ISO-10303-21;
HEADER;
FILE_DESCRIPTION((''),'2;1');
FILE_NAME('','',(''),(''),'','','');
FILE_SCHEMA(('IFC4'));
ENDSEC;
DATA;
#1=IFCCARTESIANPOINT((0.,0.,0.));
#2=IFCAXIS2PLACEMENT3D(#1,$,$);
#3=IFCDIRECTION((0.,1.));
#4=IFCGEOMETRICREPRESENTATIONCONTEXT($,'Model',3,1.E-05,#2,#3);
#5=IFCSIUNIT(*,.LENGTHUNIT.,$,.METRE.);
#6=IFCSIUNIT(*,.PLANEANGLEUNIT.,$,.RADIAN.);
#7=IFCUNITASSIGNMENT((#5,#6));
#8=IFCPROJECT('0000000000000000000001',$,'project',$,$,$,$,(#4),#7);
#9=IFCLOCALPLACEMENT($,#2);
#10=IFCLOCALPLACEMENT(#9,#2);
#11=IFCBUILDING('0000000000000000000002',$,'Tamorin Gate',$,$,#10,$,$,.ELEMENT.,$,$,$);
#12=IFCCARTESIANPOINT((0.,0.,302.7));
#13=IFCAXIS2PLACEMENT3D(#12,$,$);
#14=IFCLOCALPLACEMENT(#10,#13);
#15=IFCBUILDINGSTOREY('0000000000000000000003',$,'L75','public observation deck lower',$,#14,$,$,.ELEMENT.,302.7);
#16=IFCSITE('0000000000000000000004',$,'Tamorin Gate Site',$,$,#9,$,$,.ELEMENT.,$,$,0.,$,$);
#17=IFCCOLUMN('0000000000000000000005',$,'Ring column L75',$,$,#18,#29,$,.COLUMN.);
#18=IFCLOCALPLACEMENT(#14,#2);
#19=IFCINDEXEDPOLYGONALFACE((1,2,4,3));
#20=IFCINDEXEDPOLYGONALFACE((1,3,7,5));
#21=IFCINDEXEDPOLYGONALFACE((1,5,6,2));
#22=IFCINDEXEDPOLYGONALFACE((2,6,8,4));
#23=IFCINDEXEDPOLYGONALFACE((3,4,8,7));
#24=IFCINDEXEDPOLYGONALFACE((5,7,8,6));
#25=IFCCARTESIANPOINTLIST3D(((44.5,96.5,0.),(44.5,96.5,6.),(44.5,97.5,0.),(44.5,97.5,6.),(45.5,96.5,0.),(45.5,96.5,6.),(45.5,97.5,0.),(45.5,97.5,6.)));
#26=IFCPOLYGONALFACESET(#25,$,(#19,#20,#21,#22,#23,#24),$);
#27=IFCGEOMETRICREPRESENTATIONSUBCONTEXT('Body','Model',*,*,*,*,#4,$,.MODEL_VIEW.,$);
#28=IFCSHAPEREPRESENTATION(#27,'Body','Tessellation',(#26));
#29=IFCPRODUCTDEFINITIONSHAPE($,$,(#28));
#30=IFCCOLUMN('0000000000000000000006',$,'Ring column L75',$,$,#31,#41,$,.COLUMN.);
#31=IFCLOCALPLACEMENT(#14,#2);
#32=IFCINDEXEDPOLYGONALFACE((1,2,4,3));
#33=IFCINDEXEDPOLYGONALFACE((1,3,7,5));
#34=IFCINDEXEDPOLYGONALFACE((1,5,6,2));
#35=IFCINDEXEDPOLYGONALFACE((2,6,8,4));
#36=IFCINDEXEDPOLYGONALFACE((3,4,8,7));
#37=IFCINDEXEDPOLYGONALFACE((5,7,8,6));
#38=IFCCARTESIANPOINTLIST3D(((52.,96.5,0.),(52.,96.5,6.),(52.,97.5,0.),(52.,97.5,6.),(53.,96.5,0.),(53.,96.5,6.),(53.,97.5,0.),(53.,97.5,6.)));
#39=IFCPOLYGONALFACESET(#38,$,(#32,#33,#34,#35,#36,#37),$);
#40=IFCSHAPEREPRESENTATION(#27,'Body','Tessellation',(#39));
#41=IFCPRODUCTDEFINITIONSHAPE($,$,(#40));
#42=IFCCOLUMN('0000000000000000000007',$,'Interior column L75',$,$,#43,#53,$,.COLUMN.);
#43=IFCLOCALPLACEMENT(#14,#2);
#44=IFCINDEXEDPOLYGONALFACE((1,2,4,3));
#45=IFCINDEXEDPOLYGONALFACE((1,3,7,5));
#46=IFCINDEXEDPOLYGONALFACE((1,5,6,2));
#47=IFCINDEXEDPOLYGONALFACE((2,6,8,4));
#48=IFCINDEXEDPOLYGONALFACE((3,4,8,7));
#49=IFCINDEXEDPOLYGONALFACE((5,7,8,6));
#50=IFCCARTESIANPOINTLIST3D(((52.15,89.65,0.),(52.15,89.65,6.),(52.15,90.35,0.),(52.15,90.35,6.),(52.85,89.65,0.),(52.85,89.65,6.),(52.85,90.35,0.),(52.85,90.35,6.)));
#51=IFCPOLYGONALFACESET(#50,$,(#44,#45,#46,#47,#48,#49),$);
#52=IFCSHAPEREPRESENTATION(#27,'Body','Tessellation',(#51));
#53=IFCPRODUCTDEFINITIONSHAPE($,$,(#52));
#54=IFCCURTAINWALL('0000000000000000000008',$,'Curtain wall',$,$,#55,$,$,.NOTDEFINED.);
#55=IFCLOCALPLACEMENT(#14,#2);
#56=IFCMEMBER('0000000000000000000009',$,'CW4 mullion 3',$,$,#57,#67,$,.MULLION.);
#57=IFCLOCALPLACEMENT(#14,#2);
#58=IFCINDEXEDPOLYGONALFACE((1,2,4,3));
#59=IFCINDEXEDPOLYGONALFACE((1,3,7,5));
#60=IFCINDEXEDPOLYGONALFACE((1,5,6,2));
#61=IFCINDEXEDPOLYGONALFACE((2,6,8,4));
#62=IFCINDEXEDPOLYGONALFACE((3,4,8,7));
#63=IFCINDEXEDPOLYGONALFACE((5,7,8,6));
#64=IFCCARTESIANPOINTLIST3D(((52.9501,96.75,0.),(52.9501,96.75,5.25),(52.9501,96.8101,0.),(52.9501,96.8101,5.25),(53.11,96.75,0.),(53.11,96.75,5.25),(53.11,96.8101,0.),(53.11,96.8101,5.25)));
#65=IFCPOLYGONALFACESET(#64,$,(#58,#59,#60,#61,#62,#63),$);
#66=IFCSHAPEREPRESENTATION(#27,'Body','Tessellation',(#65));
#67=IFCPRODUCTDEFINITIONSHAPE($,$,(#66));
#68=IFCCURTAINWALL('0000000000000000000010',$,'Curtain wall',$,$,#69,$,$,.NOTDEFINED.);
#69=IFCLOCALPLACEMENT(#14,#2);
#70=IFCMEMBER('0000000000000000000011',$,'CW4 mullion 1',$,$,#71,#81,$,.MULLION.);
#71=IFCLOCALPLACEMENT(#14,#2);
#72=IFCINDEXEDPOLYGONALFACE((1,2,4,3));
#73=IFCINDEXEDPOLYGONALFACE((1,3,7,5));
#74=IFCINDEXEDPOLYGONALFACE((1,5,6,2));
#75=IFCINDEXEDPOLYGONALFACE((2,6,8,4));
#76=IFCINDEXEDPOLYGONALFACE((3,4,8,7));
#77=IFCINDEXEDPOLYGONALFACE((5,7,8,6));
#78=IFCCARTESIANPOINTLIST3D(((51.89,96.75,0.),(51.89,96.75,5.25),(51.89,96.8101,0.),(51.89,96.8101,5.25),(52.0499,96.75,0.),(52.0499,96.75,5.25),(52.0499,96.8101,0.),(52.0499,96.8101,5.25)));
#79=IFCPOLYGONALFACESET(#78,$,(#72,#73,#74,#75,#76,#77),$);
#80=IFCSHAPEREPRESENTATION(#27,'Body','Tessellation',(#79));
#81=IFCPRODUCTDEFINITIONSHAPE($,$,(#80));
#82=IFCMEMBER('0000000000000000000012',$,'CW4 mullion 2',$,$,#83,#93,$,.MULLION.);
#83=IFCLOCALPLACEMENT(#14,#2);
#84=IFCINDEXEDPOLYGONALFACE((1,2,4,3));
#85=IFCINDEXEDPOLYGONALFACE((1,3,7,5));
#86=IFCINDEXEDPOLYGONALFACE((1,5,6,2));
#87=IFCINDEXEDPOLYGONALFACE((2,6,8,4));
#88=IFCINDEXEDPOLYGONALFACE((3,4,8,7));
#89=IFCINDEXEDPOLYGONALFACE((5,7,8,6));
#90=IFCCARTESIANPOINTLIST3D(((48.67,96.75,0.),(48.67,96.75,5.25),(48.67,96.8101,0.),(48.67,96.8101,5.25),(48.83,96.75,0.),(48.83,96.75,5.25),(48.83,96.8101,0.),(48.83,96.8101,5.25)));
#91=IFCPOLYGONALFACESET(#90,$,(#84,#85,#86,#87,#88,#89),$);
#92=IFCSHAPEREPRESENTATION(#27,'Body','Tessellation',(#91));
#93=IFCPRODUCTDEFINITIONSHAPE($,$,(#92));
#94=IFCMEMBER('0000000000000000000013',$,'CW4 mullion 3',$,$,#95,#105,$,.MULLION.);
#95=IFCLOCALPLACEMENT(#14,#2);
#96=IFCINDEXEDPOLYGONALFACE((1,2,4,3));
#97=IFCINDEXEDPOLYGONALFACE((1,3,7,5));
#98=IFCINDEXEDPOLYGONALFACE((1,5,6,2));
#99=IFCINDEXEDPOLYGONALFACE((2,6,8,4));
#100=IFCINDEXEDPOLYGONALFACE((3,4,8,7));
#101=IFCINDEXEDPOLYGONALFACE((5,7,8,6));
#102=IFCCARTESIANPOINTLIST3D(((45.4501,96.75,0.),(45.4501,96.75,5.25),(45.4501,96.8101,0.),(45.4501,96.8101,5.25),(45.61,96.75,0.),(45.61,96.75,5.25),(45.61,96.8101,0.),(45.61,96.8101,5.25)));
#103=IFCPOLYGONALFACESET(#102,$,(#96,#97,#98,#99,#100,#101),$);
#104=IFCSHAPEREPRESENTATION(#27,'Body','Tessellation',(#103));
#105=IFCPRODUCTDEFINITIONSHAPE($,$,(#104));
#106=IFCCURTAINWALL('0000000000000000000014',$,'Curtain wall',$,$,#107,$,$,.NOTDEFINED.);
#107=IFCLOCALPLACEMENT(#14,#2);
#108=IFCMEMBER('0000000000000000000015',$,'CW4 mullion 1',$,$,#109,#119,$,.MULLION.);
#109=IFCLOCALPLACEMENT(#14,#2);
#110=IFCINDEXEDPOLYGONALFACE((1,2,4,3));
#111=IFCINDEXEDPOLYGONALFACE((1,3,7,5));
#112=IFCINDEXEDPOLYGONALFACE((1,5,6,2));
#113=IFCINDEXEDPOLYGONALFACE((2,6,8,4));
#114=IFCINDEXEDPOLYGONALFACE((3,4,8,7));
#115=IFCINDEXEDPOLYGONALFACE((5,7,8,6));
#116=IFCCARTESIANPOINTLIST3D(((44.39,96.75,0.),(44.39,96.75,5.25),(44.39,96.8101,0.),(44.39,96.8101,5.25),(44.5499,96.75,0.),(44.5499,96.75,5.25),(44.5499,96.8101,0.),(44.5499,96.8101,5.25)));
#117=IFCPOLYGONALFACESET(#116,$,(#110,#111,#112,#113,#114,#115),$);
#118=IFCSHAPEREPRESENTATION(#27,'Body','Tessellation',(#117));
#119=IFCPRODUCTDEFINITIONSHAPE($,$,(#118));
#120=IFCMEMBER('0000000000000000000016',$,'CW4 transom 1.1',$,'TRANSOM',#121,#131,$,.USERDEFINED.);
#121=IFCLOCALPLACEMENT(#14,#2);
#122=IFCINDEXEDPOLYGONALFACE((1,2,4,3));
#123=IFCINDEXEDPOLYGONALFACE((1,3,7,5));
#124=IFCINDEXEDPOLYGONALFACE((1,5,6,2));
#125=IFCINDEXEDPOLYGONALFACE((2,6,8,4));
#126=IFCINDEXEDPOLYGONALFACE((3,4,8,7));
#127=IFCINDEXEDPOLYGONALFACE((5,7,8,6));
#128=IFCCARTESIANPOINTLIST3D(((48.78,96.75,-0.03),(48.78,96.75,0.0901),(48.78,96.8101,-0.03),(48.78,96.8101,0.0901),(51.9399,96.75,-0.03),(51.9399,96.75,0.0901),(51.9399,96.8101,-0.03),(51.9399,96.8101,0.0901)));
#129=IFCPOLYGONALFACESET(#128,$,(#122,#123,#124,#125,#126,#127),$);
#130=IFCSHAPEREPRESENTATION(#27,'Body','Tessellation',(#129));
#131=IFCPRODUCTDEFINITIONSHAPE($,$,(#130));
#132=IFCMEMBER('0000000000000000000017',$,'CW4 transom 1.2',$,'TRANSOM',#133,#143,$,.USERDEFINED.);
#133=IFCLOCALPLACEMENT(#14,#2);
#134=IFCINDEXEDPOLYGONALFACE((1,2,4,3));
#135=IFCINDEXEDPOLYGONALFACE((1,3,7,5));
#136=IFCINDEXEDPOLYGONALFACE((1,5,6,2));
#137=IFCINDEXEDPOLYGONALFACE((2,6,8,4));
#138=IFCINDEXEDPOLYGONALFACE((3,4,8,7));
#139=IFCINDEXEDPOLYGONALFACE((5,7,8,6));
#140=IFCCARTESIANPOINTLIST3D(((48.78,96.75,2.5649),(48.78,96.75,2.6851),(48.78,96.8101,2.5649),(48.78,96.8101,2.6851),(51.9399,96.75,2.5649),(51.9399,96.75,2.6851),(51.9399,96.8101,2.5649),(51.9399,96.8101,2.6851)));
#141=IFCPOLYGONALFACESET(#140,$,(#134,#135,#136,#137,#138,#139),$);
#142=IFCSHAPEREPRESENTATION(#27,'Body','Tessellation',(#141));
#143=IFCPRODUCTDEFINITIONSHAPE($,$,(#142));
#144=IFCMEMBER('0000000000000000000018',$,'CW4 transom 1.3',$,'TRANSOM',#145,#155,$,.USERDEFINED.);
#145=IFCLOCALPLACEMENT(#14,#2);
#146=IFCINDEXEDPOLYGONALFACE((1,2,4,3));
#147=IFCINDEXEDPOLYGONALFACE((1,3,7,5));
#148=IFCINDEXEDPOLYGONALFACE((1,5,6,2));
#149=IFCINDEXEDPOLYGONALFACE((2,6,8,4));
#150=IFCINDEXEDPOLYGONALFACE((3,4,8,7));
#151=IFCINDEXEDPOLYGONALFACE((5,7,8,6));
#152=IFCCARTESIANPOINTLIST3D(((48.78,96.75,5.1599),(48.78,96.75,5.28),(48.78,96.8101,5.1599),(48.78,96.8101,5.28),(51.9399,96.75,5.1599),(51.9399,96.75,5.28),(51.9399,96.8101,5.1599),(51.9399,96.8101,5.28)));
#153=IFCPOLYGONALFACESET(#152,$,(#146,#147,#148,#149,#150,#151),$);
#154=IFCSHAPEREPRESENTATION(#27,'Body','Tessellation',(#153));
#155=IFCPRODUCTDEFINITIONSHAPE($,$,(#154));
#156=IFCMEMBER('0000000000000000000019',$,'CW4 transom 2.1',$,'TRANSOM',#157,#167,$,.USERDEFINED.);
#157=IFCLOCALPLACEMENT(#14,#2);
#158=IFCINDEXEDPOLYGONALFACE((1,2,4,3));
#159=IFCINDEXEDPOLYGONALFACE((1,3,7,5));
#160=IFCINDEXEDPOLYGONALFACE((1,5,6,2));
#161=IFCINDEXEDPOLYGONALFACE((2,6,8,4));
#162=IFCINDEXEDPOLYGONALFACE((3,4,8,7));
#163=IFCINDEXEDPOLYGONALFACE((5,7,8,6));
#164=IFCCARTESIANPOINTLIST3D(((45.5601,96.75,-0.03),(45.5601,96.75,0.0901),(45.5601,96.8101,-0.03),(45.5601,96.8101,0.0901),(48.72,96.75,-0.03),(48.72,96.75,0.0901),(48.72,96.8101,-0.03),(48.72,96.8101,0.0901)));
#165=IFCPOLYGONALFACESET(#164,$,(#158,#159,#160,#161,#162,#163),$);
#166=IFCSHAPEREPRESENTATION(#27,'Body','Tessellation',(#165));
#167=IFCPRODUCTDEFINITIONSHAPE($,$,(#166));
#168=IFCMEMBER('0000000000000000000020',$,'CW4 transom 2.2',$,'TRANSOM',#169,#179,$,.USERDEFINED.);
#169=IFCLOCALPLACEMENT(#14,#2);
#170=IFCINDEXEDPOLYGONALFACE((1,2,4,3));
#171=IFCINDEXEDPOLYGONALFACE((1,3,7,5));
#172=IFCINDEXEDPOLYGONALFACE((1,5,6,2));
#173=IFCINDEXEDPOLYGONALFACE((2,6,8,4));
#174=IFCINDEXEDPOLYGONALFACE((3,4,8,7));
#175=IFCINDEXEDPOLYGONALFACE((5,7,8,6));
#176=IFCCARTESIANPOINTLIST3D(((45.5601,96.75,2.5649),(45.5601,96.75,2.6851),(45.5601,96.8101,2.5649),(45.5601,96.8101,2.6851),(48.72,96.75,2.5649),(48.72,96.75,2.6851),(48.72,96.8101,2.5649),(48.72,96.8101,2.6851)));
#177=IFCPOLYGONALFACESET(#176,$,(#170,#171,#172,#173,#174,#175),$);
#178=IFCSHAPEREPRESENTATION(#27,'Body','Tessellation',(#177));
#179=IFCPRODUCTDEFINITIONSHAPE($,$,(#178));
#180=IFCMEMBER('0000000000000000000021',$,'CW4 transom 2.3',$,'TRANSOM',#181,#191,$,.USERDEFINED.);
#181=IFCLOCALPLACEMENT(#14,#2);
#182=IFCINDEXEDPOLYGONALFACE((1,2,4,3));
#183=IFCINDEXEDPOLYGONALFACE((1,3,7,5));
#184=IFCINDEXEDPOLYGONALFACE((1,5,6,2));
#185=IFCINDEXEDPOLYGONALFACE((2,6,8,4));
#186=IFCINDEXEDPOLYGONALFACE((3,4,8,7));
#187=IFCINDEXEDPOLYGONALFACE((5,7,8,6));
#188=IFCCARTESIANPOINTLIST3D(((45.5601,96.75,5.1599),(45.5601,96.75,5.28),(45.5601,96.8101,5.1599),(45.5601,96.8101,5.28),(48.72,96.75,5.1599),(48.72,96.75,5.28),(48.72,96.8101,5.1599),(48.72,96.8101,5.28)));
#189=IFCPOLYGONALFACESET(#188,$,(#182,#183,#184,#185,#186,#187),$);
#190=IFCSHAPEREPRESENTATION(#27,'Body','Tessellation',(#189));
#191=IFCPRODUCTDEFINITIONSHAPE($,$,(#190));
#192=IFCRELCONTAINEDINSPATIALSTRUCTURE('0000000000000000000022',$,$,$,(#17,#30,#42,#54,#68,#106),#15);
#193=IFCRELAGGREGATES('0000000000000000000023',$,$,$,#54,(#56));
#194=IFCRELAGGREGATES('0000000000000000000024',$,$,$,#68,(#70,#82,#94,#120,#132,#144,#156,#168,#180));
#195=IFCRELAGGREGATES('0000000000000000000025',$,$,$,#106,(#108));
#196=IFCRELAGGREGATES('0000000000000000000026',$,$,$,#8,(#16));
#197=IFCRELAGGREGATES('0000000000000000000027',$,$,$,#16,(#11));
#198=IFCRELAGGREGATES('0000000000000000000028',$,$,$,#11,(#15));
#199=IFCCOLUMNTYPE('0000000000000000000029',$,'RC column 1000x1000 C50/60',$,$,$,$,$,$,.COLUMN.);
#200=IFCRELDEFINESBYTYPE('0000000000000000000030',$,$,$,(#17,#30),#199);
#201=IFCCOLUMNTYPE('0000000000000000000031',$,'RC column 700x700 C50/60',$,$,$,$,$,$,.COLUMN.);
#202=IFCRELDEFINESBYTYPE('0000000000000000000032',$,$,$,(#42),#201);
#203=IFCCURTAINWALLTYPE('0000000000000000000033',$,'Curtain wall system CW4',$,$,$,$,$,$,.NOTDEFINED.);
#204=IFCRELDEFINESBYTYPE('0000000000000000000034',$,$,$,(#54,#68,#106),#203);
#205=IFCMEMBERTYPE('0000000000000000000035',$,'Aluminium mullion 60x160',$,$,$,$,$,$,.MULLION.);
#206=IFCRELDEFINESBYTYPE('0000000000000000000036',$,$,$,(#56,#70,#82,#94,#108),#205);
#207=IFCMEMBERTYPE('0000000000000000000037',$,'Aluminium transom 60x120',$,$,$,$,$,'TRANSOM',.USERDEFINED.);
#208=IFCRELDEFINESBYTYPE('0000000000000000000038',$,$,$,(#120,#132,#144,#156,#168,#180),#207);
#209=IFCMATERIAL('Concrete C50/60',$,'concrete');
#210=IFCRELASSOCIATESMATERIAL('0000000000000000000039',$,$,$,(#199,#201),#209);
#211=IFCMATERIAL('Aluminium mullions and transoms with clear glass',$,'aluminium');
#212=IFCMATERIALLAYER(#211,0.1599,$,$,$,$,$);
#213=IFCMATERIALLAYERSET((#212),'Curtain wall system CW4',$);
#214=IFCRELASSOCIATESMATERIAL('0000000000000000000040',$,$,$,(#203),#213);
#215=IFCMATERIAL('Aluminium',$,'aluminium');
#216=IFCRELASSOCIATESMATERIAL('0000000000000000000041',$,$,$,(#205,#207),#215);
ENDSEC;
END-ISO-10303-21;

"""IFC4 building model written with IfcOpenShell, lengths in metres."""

from ifc_helpers import new_model, si_unit, direction, frame, origin, origin_2d, place, context, subcontext, project, spatial, rectangle, extrude, material, layer, layer_set, material_profile, profile_set, type_object, element, aggregate, save


model = new_model("IFC4")

# Units and contexts
model_context = context("Model", 3, precision=1e-05, world=origin(), true_north=direction((0.0, 1.0)))
body_context = subcontext(model_context, "Body", "Model", "MODEL_VIEW")
ifc_project = project(units=[si_unit("LENGTHUNIT", "METRE"), si_unit("PLANEANGLEUNIT", "RADIAN")], contexts=[model_context])

# Site, building, storey
site_placement = place(None, origin())
site = spatial("IfcSite", under=ifc_project, at=site_placement, Name="Tamorin Gate Site", CompositionType="ELEMENT", RefElevation=0.0)
building_placement = place(site_placement, origin())
building = spatial("IfcBuilding", under=site, at=building_placement, Name="Tamorin Gate", CompositionType="ELEMENT")
storey_placement = place(building_placement, frame((0.0, 0.0, 302.7)))
storey = spatial("IfcBuildingStorey", under=building, at=storey_placement, Name="L75", Description="public observation deck lower", CompositionType="ELEMENT", Elevation=302.7)

# Columns
ifc_material_1 = material(Name="Concrete C50/60", Category="concrete")
ifc_material_profile_1 = material_profile(ifc_material_1, rectangle(XDim=1.0, YDim=1.0, at=origin_2d()), Name="RC 1000x1000")
ifc_profile_set_1 = profile_set([ifc_material_profile_1], Name="Concrete C50/60")
column_type_1 = type_object("IfcColumnType", Name="RC column 1000x1000 C50/60", PredefinedType="COLUMN", material=ifc_profile_set_1)
for number, where, z_axis, x_axis, name in (
    (1, (45.0, 97.0, 0.0), (0.0, 0.0, 1.0), (1.0, 0.0, 0.0), "Ring column L75"),
    (2, (52.5, 97.0, 0.0), (0.0, 0.0, 1.0), (1.0, 0.0, 0.0), "Ring column L75"),
):
    element("IfcColumn", number, at=place(storey_placement, frame(where, z_axis=z_axis, x_axis=x_axis)), inside=storey, type_object=column_type_1, Name=name, PredefinedType="COLUMN", context=body_context, shape_type="SweptSolid", body=[
        extrude(rectangle(XDim=1.0, YDim=1.0, at=origin_2d()), origin(), (0.0, 0.0, 1.0), 6.0),
    ])
ifc_material_profile_2 = material_profile(ifc_material_1, rectangle(XDim=0.7, YDim=0.7, at=origin_2d()), Name="RC 700x700")
ifc_profile_set_2 = profile_set([ifc_material_profile_2], Name="Concrete C50/60")
column_type_2 = type_object("IfcColumnType", Name="RC column 700x700 C50/60", PredefinedType="COLUMN", material=ifc_profile_set_2)
column_placement = place(storey_placement, frame((52.5, 90.0, 0.0), z_axis=(0.0, 0.0, 1.0), x_axis=(1.0, 0.0, 0.0)))
element("IfcColumn", 3, at=column_placement, inside=storey, type_object=column_type_2, Name="Interior column L75", PredefinedType="COLUMN", context=body_context, shape_type="SweptSolid", body=[
    extrude(rectangle(XDim=0.7, YDim=0.7, at=origin_2d()), origin(), (0.0, 0.0, 1.0), 6.0),
])

# Curtain wall, member
ifc_material_2 = material(Name="Aluminium mullions and transoms with clear glass", Category="aluminium")
ifc_layer_1 = layer(ifc_material_2, 0.1599)
ifc_layer_set_1 = layer_set([ifc_layer_1], Name="Curtain wall system CW4")
curtain_wall_type = type_object("IfcCurtainWallType", Name="Curtain wall system CW4", PredefinedType="NOTDEFINED", material=ifc_layer_set_1)
curtain_wall_1_placement = place(storey_placement, origin())
curtain_wall_1 = element("IfcCurtainWall", 4, at=curtain_wall_1_placement, inside=storey, type_object=curtain_wall_type, Name="Curtain wall", PredefinedType="NOTDEFINED")
ifc_material_3 = material(Name="Aluminium", Category="aluminium")
ifc_material_profile_3 = material_profile(ifc_material_3, rectangle(XDim=0.0601, YDim=0.1599, at=origin_2d()), Name="RECT 60x160")
ifc_profile_set_3 = profile_set([ifc_material_profile_3], Name="Aluminium")
member_type_1 = type_object("IfcMemberType", Name="Aluminium mullion 60x160", PredefinedType="MULLION", material=ifc_profile_set_3)
member_1_placement = place(storey_placement, frame((53.03, 96.78, 0.0), z_axis=(0.0, 0.0, 1.0), x_axis=(0.0, -1.0, 0.0)))
member_1 = element("IfcMember", 5, at=member_1_placement, type_object=member_type_1, Name="CW4 mullion 3", PredefinedType="MULLION", context=body_context, shape_type="SweptSolid", body=[
    extrude(rectangle(XDim=0.0601, YDim=0.1599, at=origin_2d()), origin(), (0.0, 0.0, 1.0), 5.25),
])

# Curtain wall, members
curtain_wall_2_placement = place(storey_placement, origin())
curtain_wall_2 = element("IfcCurtainWall", 6, at=curtain_wall_2_placement, inside=storey, type_object=curtain_wall_type, Name="Curtain wall", PredefinedType="NOTDEFINED")
member_2_placement = place(storey_placement, frame((51.97, 96.78, 0.0), z_axis=(0.0, 0.0, 1.0), x_axis=(0.0, -1.0, 0.0)))
member_2 = element("IfcMember", 7, at=member_2_placement, type_object=member_type_1, Name="CW4 mullion 1", PredefinedType="MULLION", context=body_context, shape_type="SweptSolid", body=[
    extrude(rectangle(XDim=0.0601, YDim=0.1599, at=origin_2d()), origin(), (0.0, 0.0, 1.0), 5.25),
])
member_3_placement = place(storey_placement, frame((48.75, 96.78, 0.0), z_axis=(0.0, 0.0, 1.0), x_axis=(0.0, -1.0, 0.0)))
member_3 = element("IfcMember", 8, at=member_3_placement, type_object=member_type_1, Name="CW4 mullion 2", PredefinedType="MULLION", context=body_context, shape_type="SweptSolid", body=[
    extrude(rectangle(XDim=0.0601, YDim=0.1599, at=origin_2d()), origin(), (0.0, 0.0, 1.0), 5.25),
])
member_4_placement = place(storey_placement, frame((45.53, 96.78, 0.0), z_axis=(0.0, 0.0, 1.0), x_axis=(0.0, -1.0, 0.0)))
member_4 = element("IfcMember", 9, at=member_4_placement, type_object=member_type_1, Name="CW4 mullion 3", PredefinedType="MULLION", context=body_context, shape_type="SweptSolid", body=[
    extrude(rectangle(XDim=0.0601, YDim=0.1599, at=origin_2d()), origin(), (0.0, 0.0, 1.0), 5.25),
])

# Curtain wall, member
curtain_wall_3_placement = place(storey_placement, origin())
curtain_wall_3 = element("IfcCurtainWall", 10, at=curtain_wall_3_placement, inside=storey, type_object=curtain_wall_type, Name="Curtain wall", PredefinedType="NOTDEFINED")
member_5_placement = place(storey_placement, frame((44.47, 96.78, 0.0), z_axis=(0.0, 0.0, 1.0), x_axis=(0.0, -1.0, 0.0)))
member_5 = element("IfcMember", 11, at=member_5_placement, type_object=member_type_1, Name="CW4 mullion 1", PredefinedType="MULLION", context=body_context, shape_type="SweptSolid", body=[
    extrude(rectangle(XDim=0.0601, YDim=0.1599, at=origin_2d()), origin(), (0.0, 0.0, 1.0), 5.25),
])

# Members
ifc_material_profile_4 = material_profile(ifc_material_3, rectangle(XDim=0.0601, YDim=0.1201, at=origin_2d()), Name="RECT 60x120")
ifc_profile_set_4 = profile_set([ifc_material_profile_4], Name="Aluminium")
member_type_2 = type_object("IfcMemberType", Name="Aluminium transom 60x120", ElementType="TRANSOM", PredefinedType="USERDEFINED", material=ifc_profile_set_4)
member_6_placement = place(storey_placement, frame((51.9399, 96.78, 0.03), z_axis=(-1.0, 0.0, 0.0), x_axis=(0.0, -1.0, 0.0)))
member_6 = element("IfcMember", 12, at=member_6_placement, type_object=member_type_2, Name="CW4 transom 1.1", ObjectType="TRANSOM", PredefinedType="USERDEFINED", context=body_context, shape_type="SweptSolid", body=[
    extrude(rectangle(XDim=0.0601, YDim=0.1201, at=origin_2d()), origin(), (0.0, 0.0, 1.0), 3.1599),
])
member_7_placement = place(storey_placement, frame((51.9399, 96.78, 2.625), z_axis=(-1.0, 0.0, 0.0), x_axis=(0.0, -1.0, 0.0)))
member_7 = element("IfcMember", 13, at=member_7_placement, type_object=member_type_2, Name="CW4 transom 1.2", ObjectType="TRANSOM", PredefinedType="USERDEFINED", context=body_context, shape_type="SweptSolid", body=[
    extrude(rectangle(XDim=0.0601, YDim=0.1201, at=origin_2d()), origin(), (0.0, 0.0, 1.0), 3.1599),
])
member_8_placement = place(storey_placement, frame((51.9399, 96.78, 5.22), z_axis=(-1.0, 0.0, 0.0), x_axis=(0.0, -1.0, 0.0)))
member_8 = element("IfcMember", 14, at=member_8_placement, type_object=member_type_2, Name="CW4 transom 1.3", ObjectType="TRANSOM", PredefinedType="USERDEFINED", context=body_context, shape_type="SweptSolid", body=[
    extrude(rectangle(XDim=0.0601, YDim=0.1201, at=origin_2d()), origin(), (0.0, 0.0, 1.0), 3.1599),
])
member_9_placement = place(storey_placement, frame((48.72, 96.78, 0.03), z_axis=(-1.0, 0.0, 0.0), x_axis=(0.0, -1.0, 0.0)))
member_9 = element("IfcMember", 15, at=member_9_placement, type_object=member_type_2, Name="CW4 transom 2.1", ObjectType="TRANSOM", PredefinedType="USERDEFINED", context=body_context, shape_type="SweptSolid", body=[
    extrude(rectangle(XDim=0.0601, YDim=0.1201, at=origin_2d()), origin(), (0.0, 0.0, 1.0), 3.1599),
])
member_10_placement = place(storey_placement, frame((48.72, 96.78, 2.625), z_axis=(-1.0, 0.0, 0.0), x_axis=(0.0, -1.0, 0.0)))
member_10 = element("IfcMember", 16, at=member_10_placement, type_object=member_type_2, Name="CW4 transom 2.2", ObjectType="TRANSOM", PredefinedType="USERDEFINED", context=body_context, shape_type="SweptSolid", body=[
    extrude(rectangle(XDim=0.0601, YDim=0.1201, at=origin_2d()), origin(), (0.0, 0.0, 1.0), 3.1599),
])
member_11_placement = place(storey_placement, frame((48.72, 96.78, 5.22), z_axis=(-1.0, 0.0, 0.0), x_axis=(0.0, -1.0, 0.0)))
member_11 = element("IfcMember", 17, at=member_11_placement, type_object=member_type_2, Name="CW4 transom 2.3", ObjectType="TRANSOM", PredefinedType="USERDEFINED", context=body_context, shape_type="SweptSolid", body=[
    extrude(rectangle(XDim=0.0601, YDim=0.1201, at=origin_2d()), origin(), (0.0, 0.0, 1.0), 3.1599),
])

aggregate(curtain_wall_1, [member_1])
aggregate(curtain_wall_2, [member_2, member_3, member_4, member_6, member_7, member_8, member_9, member_10, member_11])
aggregate(curtain_wall_3, [member_5])

save(model, "model.ifc")
